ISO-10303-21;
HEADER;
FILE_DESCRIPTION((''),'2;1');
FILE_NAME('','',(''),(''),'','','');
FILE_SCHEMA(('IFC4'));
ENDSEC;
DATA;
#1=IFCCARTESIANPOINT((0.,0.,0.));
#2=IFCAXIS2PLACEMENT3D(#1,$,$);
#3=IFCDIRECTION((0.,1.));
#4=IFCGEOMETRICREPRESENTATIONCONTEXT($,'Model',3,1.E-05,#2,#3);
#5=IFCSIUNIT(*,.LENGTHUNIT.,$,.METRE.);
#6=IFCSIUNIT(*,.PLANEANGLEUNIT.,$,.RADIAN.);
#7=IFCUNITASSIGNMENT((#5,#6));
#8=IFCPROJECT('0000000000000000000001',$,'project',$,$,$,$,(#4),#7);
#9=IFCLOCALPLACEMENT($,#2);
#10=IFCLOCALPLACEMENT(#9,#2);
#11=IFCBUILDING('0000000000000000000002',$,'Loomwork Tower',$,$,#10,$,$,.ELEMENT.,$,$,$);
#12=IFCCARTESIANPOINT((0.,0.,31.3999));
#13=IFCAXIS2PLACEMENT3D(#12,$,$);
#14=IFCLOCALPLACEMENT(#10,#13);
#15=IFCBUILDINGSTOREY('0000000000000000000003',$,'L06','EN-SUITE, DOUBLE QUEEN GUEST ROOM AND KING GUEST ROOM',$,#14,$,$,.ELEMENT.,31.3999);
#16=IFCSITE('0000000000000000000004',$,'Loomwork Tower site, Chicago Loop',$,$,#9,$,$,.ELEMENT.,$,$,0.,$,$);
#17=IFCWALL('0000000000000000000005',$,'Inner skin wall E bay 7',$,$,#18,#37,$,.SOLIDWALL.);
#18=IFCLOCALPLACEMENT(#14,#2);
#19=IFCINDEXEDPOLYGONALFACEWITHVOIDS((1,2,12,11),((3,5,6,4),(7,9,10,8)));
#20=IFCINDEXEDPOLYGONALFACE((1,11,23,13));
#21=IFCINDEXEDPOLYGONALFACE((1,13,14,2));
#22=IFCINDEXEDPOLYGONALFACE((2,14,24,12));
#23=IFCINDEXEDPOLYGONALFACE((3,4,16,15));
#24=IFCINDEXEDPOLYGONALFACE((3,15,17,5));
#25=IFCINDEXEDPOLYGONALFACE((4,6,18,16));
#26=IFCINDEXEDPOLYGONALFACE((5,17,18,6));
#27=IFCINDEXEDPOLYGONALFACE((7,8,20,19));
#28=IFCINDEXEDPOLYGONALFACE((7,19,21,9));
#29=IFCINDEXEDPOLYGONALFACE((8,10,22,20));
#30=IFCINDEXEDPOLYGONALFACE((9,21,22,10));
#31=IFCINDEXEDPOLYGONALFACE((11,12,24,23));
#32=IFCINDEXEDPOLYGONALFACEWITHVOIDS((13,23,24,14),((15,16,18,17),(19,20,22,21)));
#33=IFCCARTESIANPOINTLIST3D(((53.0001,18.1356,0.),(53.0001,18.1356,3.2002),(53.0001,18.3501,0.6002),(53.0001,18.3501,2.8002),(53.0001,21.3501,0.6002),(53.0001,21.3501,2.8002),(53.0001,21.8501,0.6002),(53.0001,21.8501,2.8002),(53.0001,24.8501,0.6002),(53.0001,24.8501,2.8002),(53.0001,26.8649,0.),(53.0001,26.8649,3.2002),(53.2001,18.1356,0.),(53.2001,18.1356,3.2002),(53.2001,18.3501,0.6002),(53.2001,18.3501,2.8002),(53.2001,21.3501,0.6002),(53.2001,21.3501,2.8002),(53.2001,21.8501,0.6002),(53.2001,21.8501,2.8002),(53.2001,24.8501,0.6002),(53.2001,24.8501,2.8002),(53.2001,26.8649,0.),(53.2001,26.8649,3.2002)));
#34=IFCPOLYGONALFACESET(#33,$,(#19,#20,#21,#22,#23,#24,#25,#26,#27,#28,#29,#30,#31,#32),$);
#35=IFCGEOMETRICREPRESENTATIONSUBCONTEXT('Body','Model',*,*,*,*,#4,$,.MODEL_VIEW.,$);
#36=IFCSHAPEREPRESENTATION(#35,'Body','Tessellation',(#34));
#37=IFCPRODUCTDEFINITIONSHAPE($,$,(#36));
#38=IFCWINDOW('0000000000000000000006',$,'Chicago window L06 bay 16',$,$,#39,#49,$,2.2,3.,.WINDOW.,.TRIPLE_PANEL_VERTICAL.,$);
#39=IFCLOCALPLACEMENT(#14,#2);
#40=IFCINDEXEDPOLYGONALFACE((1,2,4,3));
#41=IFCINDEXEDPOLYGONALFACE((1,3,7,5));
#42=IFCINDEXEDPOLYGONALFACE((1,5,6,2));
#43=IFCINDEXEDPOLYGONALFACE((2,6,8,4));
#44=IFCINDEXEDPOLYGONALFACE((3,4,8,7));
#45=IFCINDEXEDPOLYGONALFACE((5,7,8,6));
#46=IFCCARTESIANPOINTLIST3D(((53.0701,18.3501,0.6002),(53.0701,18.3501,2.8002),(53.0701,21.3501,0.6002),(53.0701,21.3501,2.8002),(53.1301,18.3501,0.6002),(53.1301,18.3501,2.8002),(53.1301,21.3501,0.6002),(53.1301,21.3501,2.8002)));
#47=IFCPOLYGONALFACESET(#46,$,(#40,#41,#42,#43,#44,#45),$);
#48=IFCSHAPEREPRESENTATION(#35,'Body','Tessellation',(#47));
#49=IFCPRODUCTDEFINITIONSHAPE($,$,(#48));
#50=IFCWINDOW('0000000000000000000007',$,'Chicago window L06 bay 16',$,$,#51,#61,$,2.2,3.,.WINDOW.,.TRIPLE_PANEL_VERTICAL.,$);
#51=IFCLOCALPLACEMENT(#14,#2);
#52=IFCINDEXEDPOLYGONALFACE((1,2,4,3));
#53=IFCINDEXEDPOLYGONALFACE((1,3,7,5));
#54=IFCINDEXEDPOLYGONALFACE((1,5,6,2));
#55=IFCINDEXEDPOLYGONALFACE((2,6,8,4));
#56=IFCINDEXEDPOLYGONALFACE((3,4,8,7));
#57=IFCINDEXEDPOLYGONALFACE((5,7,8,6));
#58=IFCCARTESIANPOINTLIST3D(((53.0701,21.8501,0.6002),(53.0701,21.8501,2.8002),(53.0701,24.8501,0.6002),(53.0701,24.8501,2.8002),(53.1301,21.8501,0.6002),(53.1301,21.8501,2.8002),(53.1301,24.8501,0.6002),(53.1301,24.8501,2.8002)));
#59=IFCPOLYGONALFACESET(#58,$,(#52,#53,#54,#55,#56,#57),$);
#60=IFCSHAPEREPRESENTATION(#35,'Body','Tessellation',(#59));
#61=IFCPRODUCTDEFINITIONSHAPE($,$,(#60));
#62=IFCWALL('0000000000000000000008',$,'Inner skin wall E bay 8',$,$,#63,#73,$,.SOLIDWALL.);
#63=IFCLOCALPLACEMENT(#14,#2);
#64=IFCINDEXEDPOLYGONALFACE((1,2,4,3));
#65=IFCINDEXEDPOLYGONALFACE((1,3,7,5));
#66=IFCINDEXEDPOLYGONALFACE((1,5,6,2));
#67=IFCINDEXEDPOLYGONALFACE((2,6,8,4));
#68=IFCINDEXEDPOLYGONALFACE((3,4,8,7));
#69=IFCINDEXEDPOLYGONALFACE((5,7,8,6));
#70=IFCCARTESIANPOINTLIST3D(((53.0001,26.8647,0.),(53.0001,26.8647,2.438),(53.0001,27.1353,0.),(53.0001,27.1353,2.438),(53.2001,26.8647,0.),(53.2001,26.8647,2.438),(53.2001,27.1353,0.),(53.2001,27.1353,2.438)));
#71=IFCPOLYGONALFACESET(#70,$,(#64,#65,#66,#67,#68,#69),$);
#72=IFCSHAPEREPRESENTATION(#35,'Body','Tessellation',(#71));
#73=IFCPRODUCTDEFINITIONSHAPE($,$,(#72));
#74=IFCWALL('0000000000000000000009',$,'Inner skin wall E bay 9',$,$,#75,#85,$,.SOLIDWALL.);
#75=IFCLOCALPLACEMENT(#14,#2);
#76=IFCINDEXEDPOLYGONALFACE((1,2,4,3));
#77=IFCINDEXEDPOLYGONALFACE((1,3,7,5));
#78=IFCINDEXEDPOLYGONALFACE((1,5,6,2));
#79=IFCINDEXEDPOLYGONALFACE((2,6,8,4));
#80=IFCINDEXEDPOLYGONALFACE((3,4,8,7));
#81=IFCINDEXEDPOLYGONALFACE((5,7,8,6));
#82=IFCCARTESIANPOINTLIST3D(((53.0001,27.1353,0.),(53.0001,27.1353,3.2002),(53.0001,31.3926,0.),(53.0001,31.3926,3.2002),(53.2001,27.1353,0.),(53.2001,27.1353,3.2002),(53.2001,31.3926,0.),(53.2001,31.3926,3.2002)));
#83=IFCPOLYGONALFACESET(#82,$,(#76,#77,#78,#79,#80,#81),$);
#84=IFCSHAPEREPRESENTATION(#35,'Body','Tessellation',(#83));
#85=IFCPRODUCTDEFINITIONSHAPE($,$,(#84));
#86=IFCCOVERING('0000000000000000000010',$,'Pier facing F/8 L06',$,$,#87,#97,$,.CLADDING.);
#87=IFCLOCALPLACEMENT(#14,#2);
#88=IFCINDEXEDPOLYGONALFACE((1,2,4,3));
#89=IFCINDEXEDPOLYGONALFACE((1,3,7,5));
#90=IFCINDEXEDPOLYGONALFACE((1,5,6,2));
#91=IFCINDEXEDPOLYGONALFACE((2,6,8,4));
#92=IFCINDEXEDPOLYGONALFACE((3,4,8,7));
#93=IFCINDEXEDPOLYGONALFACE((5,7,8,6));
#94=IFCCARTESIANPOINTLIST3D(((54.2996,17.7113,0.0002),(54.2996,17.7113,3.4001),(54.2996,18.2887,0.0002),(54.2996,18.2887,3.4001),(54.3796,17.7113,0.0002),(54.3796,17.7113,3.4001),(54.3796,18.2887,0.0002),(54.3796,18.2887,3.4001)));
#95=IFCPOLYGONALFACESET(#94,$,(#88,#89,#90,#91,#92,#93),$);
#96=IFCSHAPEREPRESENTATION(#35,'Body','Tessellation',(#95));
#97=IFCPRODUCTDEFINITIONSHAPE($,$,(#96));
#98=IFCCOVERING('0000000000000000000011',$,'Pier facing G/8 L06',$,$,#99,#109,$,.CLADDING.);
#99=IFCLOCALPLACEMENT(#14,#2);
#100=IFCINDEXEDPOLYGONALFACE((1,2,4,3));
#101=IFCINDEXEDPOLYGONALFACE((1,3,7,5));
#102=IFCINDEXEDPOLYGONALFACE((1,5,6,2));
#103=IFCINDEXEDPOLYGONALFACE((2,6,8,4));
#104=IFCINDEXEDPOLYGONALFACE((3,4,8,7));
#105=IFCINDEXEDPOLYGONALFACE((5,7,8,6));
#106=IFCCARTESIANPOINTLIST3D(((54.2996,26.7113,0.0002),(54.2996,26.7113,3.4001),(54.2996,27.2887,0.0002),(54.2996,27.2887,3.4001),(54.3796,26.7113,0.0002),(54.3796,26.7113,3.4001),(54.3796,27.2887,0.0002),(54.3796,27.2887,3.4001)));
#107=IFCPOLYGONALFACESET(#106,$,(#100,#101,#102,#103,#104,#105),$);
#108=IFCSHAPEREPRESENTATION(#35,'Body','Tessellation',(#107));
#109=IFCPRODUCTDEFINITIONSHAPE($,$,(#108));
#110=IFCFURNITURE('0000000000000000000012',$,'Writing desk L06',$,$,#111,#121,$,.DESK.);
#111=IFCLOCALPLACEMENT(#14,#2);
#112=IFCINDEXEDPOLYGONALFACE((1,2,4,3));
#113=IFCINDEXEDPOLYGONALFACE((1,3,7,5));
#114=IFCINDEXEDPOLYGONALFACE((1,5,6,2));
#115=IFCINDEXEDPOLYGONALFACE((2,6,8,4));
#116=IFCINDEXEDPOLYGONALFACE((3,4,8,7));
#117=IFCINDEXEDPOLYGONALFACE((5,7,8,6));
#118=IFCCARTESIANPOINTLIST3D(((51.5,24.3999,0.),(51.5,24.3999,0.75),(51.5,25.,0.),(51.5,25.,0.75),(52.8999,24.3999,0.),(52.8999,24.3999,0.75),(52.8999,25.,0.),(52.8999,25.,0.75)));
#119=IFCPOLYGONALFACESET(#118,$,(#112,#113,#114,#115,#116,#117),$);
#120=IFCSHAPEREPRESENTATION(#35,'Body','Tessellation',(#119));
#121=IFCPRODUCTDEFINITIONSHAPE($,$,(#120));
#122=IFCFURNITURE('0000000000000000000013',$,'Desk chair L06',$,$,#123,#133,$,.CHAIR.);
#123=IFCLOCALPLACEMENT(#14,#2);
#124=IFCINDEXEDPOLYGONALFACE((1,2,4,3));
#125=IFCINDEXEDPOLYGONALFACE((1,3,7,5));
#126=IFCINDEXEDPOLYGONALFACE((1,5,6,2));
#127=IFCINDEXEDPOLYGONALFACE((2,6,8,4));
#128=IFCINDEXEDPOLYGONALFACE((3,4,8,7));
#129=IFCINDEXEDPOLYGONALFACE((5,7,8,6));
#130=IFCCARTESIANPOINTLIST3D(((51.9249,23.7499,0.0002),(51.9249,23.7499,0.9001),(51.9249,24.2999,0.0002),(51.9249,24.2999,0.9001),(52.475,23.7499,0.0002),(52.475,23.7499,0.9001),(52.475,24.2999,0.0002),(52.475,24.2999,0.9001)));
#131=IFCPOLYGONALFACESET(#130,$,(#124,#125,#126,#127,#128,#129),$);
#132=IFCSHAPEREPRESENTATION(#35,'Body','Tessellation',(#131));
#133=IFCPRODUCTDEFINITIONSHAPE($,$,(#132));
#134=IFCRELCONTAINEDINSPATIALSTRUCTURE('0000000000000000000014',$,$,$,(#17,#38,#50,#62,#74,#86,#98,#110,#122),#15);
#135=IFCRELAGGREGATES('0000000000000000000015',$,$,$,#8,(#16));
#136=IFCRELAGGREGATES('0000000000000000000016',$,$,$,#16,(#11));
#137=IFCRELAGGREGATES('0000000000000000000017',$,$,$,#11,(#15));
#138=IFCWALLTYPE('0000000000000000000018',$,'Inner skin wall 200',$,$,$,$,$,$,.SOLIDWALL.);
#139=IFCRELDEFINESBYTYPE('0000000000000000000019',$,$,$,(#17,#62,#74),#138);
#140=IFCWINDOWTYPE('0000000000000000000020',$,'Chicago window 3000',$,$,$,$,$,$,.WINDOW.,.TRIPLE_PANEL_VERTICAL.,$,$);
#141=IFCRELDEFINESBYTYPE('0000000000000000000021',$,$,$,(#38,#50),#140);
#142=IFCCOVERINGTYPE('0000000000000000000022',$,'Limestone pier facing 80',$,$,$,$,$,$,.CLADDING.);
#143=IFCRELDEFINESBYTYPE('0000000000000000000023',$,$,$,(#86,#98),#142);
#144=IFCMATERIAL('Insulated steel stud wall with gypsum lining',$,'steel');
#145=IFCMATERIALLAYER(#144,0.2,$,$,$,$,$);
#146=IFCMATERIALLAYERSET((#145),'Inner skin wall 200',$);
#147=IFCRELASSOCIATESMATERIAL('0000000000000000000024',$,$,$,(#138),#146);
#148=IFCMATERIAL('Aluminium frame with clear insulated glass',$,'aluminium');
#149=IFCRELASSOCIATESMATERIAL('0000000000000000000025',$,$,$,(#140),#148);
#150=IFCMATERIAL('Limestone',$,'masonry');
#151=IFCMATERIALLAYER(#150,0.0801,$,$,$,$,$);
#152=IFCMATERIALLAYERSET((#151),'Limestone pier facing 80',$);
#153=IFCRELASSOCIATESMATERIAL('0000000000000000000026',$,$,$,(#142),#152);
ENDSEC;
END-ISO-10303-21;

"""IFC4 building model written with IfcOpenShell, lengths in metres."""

from ifc_helpers import new_model, si_unit, direction, frame, frame_2d, origin, origin_2d, place, context, subcontext, project, spatial, rectangle, extrude, material, layer, layer_set, type_object, element, fill, save


model = new_model("IFC4")

# Units and contexts
model_context = context("Model", 3, precision=1e-05, world=origin(), true_north=direction((0.0, 1.0)))
body_context = subcontext(model_context, "Body", "Model", "MODEL_VIEW")
ifc_project = project(units=[si_unit("LENGTHUNIT", "METRE"), si_unit("PLANEANGLEUNIT", "RADIAN")], contexts=[model_context])

# Site, building, storey
site_placement = place(None, origin())
site = spatial("IfcSite", under=ifc_project, at=site_placement, Name="Loomwork Tower site, Chicago Loop", CompositionType="ELEMENT", RefElevation=0.0)
building_placement = place(site_placement, origin())
building = spatial("IfcBuilding", under=site, at=building_placement, Name="Loomwork Tower", CompositionType="ELEMENT")
storey_placement = place(building_placement, frame((0.0, 0.0, 31.3999)))
storey = spatial("IfcBuildingStorey", under=building, at=storey_placement, Name="L06", Description="EN-SUITE, DOUBLE QUEEN GUEST ROOM AND KING GUEST ROOM", CompositionType="ELEMENT", Elevation=31.3999)

# Wall, openings, windows
ifc_material_1 = material(Name="Insulated steel stud wall with gypsum lining", Category="steel")
ifc_layer_1 = layer(ifc_material_1, 0.2)
ifc_layer_set_1 = layer_set([ifc_layer_1], Name="Inner skin wall 200")
wall_type = type_object("IfcWallType", Name="Inner skin wall 200", PredefinedType="SOLIDWALL", material=ifc_layer_set_1)
wall_1_placement = place(storey_placement, frame((53.1001, 18.1355, 0.0), z_axis=(0.0, 0.0, 1.0), x_axis=(0.0, 1.0, 0.0)))
wall_1 = element("IfcWall", 1, at=wall_1_placement, inside=storey, type_object=wall_type, Name="Inner skin wall E bay 7", PredefinedType="SOLIDWALL", context=body_context, shape_type="SweptSolid", body=[
    extrude(rectangle(XDim=8.7292, YDim=0.2, at=frame_2d((4.3647, 0.0))), origin(), (0.0, 0.0, 1.0), 3.2002),
])
opening_1_placement = place(wall_1_placement, frame((0.2146, 0.0, 0.6001)))
opening_1 = element("IfcOpeningElement", 2, at=opening_1_placement, cuts=wall_1, PredefinedType="OPENING", context=body_context, shape_type="SweptSolid", body=[
    extrude(rectangle(XDim=3.0, YDim=2.2, at=frame_2d((1.5, 1.1001))), frame((0.0, 0.1099, 0.0), z_axis=(0.0, -1.0, 0.0), x_axis=(1.0, 0.0, 0.0)), (0.0, 0.0, 1.0), 0.22),
])
opening_2_placement = place(wall_1_placement, frame((3.7146, 0.0, 0.6001)))
opening_2 = element("IfcOpeningElement", 3, at=opening_2_placement, cuts=wall_1, PredefinedType="OPENING", context=body_context, shape_type="SweptSolid", body=[
    extrude(rectangle(XDim=3.0, YDim=2.2, at=frame_2d((1.5, 1.1001))), frame((0.0, 0.1099, 0.0), z_axis=(0.0, -1.0, 0.0), x_axis=(1.0, 0.0, 0.0)), (0.0, 0.0, 1.0), 0.22),
])
ifc_material_2 = material(Name="Aluminium frame with clear insulated glass", Category="aluminium")
window_type = type_object("IfcWindowType", Name="Chicago window 3000", PartitioningType="TRIPLE_PANEL_VERTICAL", PredefinedType="WINDOW", material=ifc_material_2)
window_1_placement = place(opening_1_placement, origin())
window_1 = element("IfcWindow", 4, at=window_1_placement, inside=storey, type_object=window_type, Name="Chicago window L06 bay 16", OverallHeight=2.2, OverallWidth=3.0, PartitioningType="TRIPLE_PANEL_VERTICAL", PredefinedType="WINDOW", context=body_context, shape_type="SweptSolid", body=[
    extrude(rectangle(XDim=3.0, YDim=2.2, at=frame_2d((1.5, 1.1001))), frame((0.0, 0.03, 0.0), z_axis=(0.0, -1.0, 0.0), x_axis=(1.0, 0.0, 0.0)), (0.0, 0.0, 1.0), 0.0601),
])
fill(opening_1, window_1)
window_2_placement = place(opening_2_placement, origin())
window_2 = element("IfcWindow", 5, at=window_2_placement, inside=storey, type_object=window_type, Name="Chicago window L06 bay 16", OverallHeight=2.2, OverallWidth=3.0, PartitioningType="TRIPLE_PANEL_VERTICAL", PredefinedType="WINDOW", context=body_context, shape_type="SweptSolid", body=[
    extrude(rectangle(XDim=3.0, YDim=2.2, at=frame_2d((1.5, 1.1001))), frame((0.0, 0.03, 0.0), z_axis=(0.0, -1.0, 0.0), x_axis=(1.0, 0.0, 0.0)), (0.0, 0.0, 1.0), 0.0601),
])
fill(opening_2, window_2)

# Walls
wall_2_placement = place(storey_placement, frame((53.1001, 26.8647, 0.0), z_axis=(0.0, 0.0, 1.0), x_axis=(0.0, 1.0, 0.0)))
element("IfcWall", 6, at=wall_2_placement, inside=storey, type_object=wall_type, Name="Inner skin wall E bay 8", PredefinedType="SOLIDWALL", context=body_context, shape_type="SweptSolid", body=[
    extrude(rectangle(XDim=0.2705, YDim=0.2, at=frame_2d((0.1353, 0.0))), origin(), (0.0, 0.0, 1.0), 2.438),
])
wall_3_placement = place(storey_placement, frame((53.1001, 27.1353, 0.0), z_axis=(0.0, 0.0, 1.0), x_axis=(0.0, 1.0, 0.0)))
element("IfcWall", 7, at=wall_3_placement, inside=storey, type_object=wall_type, Name="Inner skin wall E bay 9", PredefinedType="SOLIDWALL", context=body_context, shape_type="SweptSolid", body=[
    extrude(rectangle(XDim=4.2573, YDim=0.2, at=frame_2d((2.1287, 0.0))), origin(), (0.0, 0.0, 1.0), 3.2002),
])

# Coverings
ifc_material_3 = material(Name="Limestone", Category="masonry")
ifc_layer_2 = layer(ifc_material_3, 0.0801)
ifc_layer_set_2 = layer_set([ifc_layer_2], Name="Limestone pier facing 80")
covering_type = type_object("IfcCoveringType", Name="Limestone pier facing 80", PredefinedType="CLADDING", material=ifc_layer_set_2)
for number, where, z_axis, x_axis, name in (
    (8, (54.3396, 18.0, 0.0002), (0.0, 0.0, 1.0), (1.0, 0.0, 0.0), "Pier facing F/8 L06"),
    (9, (54.3396, 27.0, 0.0002), (0.0, 0.0, 1.0), (1.0, 0.0, 0.0), "Pier facing G/8 L06"),
):
    element("IfcCovering", number, at=place(storey_placement, frame(where, z_axis=z_axis, x_axis=x_axis)), inside=storey, type_object=covering_type, Name=name, PredefinedType="CLADDING", context=body_context, shape_type="SweptSolid", body=[
        extrude(rectangle(XDim=0.0801, YDim=0.5774, at=origin_2d()), origin(), (0.0, 0.0, 1.0), 3.3999),
    ])

# Furniture
furniture_1_placement = place(storey_placement, frame((52.2, 24.7, 0.0), z_axis=(0.0, 0.0, 1.0), x_axis=(1.0, 0.0, 0.0)))
element("IfcFurniture", 10, at=furniture_1_placement, inside=storey, Name="Writing desk L06", PredefinedType="DESK", context=body_context, shape_type="SweptSolid", body=[
    extrude(rectangle(XDim=1.3999, YDim=0.6001, at=origin_2d()), origin(), (0.0, 0.0, 1.0), 0.75),
])
furniture_2_placement = place(storey_placement, frame((52.2, 24.0249, 0.0002), z_axis=(0.0, 0.0, 1.0), x_axis=(1.0, 0.0, 0.0)))
element("IfcFurniture", 11, at=furniture_2_placement, inside=storey, Name="Desk chair L06", PredefinedType="CHAIR", context=body_context, shape_type="SweptSolid", body=[
    extrude(rectangle(XDim=0.55, YDim=0.55, at=origin_2d()), origin(), (0.0, 0.0, 1.0), 0.8999),
])

save(model, "model.ifc")
